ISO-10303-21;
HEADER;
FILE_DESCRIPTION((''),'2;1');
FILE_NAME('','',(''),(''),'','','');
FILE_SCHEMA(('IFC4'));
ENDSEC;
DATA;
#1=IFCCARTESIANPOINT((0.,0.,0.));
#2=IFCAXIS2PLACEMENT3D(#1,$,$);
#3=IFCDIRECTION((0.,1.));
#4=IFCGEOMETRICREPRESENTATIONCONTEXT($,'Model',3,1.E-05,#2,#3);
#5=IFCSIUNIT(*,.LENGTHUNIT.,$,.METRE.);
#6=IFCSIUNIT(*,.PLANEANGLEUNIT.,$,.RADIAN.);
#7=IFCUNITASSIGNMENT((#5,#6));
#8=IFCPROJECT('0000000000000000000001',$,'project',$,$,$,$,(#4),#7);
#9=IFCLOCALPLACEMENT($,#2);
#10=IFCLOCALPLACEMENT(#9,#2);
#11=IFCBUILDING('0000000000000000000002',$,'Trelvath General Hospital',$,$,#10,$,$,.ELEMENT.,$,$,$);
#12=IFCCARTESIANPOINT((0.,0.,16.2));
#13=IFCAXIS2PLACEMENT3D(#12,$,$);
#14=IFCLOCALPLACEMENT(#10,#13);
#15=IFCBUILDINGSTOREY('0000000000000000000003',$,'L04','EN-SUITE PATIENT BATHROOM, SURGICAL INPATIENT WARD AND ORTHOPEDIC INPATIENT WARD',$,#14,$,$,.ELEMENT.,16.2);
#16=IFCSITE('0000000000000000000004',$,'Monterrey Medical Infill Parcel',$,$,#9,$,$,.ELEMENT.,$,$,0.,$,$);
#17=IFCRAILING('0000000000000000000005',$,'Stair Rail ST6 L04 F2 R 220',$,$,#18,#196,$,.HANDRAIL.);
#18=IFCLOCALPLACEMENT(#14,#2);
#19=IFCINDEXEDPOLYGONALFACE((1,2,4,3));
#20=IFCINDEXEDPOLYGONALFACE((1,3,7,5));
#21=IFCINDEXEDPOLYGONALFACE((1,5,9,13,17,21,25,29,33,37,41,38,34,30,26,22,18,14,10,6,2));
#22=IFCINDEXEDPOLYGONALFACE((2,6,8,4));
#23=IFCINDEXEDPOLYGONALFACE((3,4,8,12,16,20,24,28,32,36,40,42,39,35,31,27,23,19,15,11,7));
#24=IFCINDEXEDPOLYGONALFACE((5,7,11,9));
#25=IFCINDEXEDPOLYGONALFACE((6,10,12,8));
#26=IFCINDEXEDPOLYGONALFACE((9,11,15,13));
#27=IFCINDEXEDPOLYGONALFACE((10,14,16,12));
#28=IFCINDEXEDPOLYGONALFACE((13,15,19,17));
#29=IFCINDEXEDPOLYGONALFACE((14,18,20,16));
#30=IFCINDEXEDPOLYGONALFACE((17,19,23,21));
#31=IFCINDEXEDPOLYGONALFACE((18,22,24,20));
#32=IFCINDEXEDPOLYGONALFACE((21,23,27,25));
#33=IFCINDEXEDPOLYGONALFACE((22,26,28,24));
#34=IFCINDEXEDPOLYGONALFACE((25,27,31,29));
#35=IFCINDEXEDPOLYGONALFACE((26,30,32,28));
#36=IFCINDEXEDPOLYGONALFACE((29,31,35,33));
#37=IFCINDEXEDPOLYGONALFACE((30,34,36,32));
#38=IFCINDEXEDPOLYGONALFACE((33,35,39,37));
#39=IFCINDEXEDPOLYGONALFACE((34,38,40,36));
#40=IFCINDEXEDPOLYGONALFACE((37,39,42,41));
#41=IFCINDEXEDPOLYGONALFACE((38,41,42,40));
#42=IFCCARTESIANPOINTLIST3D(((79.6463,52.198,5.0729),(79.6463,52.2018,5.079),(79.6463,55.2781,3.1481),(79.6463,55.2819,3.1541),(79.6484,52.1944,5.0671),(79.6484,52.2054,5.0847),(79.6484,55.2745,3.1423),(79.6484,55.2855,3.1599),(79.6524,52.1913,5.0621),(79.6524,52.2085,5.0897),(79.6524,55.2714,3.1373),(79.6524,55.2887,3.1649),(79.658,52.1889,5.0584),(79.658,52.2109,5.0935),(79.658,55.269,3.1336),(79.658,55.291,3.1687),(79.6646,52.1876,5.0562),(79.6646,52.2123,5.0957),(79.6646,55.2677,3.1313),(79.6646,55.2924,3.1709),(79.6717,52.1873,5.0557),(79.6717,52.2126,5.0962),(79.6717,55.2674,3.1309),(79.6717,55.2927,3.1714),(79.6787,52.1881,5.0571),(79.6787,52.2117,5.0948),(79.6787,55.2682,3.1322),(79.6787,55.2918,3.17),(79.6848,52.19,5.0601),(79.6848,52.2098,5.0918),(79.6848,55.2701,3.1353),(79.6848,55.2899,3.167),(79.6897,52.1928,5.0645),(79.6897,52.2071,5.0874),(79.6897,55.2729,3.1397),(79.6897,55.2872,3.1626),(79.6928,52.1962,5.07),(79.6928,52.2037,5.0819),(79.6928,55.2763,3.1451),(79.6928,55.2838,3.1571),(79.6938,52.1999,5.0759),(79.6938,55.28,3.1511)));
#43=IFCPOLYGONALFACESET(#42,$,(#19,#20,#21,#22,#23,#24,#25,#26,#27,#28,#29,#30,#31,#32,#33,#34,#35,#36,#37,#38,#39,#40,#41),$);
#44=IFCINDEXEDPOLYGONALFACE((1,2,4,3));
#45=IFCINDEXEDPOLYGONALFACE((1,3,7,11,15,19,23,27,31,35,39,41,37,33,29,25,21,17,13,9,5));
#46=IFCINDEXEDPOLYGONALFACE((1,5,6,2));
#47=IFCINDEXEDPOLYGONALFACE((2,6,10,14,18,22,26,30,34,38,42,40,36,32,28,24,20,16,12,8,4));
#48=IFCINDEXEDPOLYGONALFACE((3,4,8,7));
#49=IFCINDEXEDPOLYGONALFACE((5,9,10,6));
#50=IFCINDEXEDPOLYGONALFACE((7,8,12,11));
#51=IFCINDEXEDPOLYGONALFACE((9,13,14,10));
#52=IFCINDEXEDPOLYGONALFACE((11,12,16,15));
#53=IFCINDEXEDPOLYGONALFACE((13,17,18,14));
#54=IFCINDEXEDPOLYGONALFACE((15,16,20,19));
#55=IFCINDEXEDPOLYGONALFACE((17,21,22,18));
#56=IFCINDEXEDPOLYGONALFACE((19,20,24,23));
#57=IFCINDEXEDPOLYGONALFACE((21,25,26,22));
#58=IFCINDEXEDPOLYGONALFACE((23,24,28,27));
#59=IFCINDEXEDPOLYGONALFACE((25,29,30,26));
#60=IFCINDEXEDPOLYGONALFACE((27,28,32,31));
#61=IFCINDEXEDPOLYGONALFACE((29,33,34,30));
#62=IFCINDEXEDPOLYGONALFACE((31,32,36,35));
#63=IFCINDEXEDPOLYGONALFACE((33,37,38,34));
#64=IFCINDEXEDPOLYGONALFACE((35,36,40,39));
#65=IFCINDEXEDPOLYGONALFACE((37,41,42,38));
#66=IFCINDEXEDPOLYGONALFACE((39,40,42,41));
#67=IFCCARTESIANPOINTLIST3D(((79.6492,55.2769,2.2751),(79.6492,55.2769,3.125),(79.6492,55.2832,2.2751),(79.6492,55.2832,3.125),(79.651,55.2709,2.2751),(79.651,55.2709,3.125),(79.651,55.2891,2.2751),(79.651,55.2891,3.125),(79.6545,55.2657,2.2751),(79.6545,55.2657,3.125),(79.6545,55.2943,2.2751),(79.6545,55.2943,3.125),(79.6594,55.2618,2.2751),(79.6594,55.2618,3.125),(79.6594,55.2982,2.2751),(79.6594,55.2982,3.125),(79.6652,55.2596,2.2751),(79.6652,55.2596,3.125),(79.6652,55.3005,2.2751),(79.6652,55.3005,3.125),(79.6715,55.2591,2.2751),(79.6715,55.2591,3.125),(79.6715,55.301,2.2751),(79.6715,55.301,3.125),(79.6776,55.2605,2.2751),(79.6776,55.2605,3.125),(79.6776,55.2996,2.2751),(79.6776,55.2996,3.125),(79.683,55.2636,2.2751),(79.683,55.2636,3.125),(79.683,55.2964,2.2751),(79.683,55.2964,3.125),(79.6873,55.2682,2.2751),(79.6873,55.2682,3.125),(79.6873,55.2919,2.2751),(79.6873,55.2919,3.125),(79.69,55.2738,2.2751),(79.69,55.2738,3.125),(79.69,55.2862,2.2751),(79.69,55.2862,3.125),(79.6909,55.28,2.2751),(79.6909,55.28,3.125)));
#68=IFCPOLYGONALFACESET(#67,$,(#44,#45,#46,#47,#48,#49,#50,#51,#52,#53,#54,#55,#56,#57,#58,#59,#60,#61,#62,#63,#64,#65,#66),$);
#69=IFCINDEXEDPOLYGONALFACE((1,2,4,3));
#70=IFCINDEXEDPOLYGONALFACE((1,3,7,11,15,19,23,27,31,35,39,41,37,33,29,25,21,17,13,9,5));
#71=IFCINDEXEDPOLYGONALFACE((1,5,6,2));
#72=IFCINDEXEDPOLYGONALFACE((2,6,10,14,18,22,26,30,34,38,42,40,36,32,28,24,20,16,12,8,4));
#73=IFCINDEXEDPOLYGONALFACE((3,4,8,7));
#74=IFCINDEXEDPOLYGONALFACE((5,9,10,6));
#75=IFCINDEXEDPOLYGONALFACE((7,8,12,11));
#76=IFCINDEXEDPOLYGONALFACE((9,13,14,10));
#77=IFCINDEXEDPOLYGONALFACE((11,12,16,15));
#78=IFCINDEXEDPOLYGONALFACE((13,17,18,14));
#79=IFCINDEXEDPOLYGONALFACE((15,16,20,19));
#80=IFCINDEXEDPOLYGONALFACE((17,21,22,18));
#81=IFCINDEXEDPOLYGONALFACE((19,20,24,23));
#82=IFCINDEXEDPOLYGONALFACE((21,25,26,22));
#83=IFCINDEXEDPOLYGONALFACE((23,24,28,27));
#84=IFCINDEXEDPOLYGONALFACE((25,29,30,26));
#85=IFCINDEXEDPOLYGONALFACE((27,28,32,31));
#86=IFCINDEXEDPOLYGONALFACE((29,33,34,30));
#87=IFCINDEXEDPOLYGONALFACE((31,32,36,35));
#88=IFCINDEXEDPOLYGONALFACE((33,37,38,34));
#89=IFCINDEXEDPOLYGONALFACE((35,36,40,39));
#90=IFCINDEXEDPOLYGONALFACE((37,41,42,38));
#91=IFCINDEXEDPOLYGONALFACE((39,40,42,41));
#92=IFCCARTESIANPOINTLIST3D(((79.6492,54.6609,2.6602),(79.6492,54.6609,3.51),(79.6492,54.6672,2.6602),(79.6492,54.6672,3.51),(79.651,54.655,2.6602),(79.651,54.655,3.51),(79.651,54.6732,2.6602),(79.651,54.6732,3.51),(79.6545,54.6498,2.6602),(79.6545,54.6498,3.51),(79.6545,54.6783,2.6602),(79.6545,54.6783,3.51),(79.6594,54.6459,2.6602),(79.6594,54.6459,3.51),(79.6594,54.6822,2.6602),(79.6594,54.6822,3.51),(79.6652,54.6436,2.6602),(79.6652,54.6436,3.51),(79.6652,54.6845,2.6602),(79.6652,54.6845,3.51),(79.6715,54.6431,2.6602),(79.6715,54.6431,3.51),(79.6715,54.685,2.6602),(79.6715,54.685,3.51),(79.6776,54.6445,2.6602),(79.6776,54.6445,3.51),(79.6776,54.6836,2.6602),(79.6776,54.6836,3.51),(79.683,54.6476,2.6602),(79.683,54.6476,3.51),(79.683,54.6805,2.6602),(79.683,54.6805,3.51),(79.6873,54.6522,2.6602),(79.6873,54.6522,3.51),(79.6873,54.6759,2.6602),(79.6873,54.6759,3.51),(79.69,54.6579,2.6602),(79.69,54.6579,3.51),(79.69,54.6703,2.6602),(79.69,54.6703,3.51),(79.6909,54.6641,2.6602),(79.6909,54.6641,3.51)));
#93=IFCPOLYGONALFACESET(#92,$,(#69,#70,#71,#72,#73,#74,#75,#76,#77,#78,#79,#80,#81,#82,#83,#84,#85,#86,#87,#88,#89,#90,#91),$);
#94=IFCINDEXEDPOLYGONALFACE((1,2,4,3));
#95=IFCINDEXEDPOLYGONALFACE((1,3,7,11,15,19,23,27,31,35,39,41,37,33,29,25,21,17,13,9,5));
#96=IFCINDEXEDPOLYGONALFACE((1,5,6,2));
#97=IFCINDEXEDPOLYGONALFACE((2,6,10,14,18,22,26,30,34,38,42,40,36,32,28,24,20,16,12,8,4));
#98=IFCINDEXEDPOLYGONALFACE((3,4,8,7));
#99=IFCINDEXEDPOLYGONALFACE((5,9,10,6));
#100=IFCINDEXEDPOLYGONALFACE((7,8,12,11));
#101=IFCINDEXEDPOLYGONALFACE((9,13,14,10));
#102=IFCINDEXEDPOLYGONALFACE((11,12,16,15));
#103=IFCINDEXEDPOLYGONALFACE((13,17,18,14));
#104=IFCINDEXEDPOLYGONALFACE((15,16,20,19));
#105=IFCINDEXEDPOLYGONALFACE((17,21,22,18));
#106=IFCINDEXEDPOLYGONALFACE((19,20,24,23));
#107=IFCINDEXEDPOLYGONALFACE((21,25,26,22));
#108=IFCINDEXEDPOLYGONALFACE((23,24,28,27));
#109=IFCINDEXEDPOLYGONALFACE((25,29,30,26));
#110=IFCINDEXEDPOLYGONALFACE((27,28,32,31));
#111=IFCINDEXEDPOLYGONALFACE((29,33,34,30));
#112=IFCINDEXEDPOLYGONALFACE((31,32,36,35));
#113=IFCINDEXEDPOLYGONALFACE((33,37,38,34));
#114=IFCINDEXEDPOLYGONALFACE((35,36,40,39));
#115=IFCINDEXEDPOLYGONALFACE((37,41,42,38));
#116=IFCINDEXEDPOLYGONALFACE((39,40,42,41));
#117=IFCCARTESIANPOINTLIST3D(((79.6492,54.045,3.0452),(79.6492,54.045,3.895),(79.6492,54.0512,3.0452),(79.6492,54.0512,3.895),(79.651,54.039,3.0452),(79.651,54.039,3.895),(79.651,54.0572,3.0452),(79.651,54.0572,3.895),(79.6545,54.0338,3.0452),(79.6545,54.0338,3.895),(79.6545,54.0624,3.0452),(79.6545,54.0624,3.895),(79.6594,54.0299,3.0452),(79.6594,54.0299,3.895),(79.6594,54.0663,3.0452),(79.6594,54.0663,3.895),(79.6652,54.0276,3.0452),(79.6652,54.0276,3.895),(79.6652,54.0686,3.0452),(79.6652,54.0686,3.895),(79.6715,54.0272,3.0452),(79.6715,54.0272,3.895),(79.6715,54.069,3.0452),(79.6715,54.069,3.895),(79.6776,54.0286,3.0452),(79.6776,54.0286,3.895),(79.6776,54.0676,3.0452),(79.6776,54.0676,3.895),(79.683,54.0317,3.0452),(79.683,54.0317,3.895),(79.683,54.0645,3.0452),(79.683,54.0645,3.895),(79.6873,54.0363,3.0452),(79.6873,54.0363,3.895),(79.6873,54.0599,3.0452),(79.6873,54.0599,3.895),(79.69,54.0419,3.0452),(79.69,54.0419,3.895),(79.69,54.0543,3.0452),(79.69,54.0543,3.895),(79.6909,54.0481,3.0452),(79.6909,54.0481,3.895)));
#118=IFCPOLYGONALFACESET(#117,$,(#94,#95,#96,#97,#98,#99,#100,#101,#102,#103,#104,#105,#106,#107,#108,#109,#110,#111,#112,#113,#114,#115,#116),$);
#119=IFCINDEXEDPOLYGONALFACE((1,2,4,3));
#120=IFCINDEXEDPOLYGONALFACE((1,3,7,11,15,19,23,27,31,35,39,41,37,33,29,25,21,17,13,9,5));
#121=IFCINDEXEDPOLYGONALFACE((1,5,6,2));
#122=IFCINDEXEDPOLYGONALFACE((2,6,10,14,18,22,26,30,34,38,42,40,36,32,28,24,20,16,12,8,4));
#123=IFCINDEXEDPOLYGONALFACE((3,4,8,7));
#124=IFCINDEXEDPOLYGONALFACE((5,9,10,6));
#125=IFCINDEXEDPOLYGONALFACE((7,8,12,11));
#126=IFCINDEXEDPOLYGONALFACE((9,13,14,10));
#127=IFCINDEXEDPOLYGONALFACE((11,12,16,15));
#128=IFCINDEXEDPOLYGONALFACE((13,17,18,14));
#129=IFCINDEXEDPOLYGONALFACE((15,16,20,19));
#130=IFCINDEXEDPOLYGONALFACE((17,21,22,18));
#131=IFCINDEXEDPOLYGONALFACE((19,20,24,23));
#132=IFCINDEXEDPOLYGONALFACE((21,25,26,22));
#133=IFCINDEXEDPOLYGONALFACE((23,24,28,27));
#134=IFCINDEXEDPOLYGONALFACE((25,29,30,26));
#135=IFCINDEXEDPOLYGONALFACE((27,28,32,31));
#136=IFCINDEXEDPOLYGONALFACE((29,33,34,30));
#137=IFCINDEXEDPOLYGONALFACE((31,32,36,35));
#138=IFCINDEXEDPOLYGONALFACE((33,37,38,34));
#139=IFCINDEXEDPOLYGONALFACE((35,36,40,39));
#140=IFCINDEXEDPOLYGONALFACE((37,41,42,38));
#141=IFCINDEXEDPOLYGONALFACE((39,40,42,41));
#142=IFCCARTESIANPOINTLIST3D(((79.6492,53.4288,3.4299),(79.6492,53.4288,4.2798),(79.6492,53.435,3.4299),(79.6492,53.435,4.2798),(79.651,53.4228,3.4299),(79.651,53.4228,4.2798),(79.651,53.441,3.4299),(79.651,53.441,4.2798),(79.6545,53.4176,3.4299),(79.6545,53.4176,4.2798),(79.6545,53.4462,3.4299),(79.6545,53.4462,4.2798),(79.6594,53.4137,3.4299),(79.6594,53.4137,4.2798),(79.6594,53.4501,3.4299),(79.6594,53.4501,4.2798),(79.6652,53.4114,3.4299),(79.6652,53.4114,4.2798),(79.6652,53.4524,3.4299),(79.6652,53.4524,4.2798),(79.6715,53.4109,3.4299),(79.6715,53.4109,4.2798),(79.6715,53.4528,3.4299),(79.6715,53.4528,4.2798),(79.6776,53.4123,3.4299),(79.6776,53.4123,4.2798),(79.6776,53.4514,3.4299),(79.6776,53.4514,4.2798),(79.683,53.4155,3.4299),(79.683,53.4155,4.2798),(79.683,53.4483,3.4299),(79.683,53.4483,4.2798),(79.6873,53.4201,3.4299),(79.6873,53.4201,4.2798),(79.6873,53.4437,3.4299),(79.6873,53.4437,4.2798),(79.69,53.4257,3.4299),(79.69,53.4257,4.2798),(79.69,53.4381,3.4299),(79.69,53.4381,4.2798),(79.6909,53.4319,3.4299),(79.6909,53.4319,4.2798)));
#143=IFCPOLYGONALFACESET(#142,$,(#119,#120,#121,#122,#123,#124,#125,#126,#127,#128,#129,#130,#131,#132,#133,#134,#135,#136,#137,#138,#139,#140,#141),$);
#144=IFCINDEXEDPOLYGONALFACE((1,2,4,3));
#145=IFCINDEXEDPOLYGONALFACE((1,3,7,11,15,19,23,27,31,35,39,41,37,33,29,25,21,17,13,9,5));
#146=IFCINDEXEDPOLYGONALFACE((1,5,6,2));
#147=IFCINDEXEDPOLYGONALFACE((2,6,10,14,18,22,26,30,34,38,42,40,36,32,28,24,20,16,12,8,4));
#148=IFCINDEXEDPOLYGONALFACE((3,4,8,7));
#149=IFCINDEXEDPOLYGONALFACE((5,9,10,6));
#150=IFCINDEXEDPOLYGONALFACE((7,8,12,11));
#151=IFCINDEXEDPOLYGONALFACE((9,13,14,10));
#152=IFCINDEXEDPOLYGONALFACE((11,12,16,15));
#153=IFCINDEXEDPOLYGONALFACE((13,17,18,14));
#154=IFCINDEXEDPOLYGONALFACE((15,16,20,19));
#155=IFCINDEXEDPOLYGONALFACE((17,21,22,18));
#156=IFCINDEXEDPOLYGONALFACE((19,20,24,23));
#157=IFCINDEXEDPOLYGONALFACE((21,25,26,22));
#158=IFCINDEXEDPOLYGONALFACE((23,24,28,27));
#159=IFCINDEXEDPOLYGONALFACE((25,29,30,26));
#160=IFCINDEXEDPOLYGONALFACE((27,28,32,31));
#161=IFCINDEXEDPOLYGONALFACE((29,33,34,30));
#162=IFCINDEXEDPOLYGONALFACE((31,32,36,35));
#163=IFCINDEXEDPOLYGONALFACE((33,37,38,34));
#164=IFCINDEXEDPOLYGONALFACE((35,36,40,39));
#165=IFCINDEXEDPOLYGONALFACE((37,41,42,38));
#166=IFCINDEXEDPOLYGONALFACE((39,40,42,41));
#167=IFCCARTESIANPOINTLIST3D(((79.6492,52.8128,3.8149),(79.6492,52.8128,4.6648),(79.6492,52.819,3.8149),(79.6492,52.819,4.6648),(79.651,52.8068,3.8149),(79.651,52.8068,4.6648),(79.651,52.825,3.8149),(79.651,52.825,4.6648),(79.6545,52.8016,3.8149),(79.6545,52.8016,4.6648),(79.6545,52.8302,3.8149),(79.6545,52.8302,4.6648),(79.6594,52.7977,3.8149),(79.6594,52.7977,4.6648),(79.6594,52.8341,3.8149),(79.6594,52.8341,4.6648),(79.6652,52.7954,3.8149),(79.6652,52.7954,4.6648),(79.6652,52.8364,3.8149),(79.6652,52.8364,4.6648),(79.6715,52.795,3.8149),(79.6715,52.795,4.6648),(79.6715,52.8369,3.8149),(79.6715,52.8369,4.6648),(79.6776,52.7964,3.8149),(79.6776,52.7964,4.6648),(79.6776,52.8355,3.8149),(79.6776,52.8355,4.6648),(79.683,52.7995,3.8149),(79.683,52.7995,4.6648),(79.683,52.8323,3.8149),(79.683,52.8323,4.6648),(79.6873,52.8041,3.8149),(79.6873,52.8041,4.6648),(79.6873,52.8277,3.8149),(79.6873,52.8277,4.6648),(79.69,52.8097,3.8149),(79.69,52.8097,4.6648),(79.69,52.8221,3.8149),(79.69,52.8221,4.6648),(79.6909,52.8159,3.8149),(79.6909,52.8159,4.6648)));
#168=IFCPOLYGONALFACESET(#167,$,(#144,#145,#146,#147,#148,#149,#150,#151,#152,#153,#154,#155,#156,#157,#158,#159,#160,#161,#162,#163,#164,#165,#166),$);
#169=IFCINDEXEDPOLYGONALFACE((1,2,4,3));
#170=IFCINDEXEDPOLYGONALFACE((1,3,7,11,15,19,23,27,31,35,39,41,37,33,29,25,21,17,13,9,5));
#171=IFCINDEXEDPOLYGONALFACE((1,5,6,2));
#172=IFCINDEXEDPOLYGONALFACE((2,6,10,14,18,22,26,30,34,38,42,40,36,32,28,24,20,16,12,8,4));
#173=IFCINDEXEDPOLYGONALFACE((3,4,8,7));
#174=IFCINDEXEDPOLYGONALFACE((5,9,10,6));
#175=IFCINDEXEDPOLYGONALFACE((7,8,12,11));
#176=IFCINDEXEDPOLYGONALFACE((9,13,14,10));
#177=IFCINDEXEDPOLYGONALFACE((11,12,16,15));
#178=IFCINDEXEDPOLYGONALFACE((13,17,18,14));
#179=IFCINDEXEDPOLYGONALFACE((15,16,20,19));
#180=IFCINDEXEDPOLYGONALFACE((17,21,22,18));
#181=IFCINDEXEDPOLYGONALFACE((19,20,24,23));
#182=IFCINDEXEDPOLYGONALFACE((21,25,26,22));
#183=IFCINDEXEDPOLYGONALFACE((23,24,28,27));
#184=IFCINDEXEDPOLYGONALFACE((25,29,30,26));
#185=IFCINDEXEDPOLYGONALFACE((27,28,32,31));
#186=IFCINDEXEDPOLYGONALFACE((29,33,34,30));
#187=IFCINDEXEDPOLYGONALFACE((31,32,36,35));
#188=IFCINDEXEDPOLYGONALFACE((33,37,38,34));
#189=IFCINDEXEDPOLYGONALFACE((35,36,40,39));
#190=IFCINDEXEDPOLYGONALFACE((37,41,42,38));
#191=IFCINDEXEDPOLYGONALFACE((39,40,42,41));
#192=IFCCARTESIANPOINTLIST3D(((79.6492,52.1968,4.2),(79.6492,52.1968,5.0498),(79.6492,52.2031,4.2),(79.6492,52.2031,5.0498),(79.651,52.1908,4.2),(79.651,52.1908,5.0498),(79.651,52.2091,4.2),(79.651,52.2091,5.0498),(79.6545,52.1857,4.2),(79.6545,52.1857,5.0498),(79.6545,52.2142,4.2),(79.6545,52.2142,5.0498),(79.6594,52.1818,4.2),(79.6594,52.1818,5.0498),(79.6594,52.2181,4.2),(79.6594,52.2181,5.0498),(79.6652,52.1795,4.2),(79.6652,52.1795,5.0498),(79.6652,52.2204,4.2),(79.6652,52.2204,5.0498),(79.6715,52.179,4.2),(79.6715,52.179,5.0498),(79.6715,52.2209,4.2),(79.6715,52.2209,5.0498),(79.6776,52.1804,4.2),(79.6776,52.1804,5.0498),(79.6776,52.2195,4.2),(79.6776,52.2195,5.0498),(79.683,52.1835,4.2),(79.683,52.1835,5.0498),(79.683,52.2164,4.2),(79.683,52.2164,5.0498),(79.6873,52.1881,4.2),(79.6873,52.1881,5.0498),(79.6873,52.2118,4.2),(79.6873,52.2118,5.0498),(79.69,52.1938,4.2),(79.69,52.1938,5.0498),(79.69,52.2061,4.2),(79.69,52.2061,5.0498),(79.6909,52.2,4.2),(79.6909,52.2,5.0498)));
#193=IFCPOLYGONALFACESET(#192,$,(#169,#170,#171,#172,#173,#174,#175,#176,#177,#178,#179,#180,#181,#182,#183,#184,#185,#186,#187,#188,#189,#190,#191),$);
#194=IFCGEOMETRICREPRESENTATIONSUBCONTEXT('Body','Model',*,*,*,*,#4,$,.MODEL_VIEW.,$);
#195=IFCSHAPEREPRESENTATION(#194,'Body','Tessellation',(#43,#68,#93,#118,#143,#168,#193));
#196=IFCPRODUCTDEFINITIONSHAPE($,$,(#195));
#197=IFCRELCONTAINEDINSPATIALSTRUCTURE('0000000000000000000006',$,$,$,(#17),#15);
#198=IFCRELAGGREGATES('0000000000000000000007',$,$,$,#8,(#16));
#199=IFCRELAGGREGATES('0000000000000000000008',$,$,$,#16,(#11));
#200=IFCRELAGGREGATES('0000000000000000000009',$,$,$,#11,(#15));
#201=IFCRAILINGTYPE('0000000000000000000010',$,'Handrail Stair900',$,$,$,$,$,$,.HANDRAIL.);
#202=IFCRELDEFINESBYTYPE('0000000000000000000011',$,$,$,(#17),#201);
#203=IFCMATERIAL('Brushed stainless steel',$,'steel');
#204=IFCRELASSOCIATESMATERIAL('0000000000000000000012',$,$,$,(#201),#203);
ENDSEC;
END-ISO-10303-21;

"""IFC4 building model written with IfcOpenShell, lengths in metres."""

from ifc_helpers import new_model, si_unit, direction, frame, origin, origin_2d, place, context, subcontext, project, spatial, circle, extrude, material, type_object, element, save


model = new_model("IFC4")

# Units and contexts
model_context = context("Model", 3, precision=1e-05, world=origin(), true_north=direction((0.0, 1.0)))
body_context = subcontext(model_context, "Body", "Model", "MODEL_VIEW")
ifc_project = project(units=[si_unit("LENGTHUNIT", "METRE"), si_unit("PLANEANGLEUNIT", "RADIAN")], contexts=[model_context])

# Site, building, storey
site_placement = place(None, origin())
site = spatial("IfcSite", under=ifc_project, at=site_placement, Name="Monterrey Medical Infill Parcel", CompositionType="ELEMENT", RefElevation=0.0)
building_placement = place(site_placement, origin())
building = spatial("IfcBuilding", under=site, at=building_placement, Name="Trelvath General Hospital", CompositionType="ELEMENT")
storey_placement = place(building_placement, frame((0.0, 0.0, 16.2)))
storey = spatial("IfcBuildingStorey", under=building, at=storey_placement, Name="L04", Description="EN-SUITE PATIENT BATHROOM, SURGICAL INPATIENT WARD AND ORTHOPEDIC INPATIENT WARD", CompositionType="ELEMENT", Elevation=16.2)

# Railing
ifc_material_1 = material(Name="Brushed stainless steel", Category="steel")
railing_type_1 = type_object("IfcRailingType", Name="Handrail Stair900", PredefinedType="HANDRAIL", material=ifc_material_1)
railing_1_placement = place(storey_placement, frame((79.6699, 55.28, 2.2751)))
element("IfcRailing", 1, at=railing_1_placement, inside=storey, type_object=railing_type_1, Name="Stair Rail ST6 L04 F2 R 220", PredefinedType="HANDRAIL", context=body_context, shape_type="SweptSolid", body=[
    extrude(circle(Radius=0.0239, at=origin_2d()), frame((0.0, 0.0, 0.876), z_axis=(0.0, -0.848029, 0.529951), x_axis=(1.0, 0.0, 0.0)), (0.0, 0.0, 1.0), 3.6321),
    extrude(circle(Radius=0.021, at=origin_2d()), origin(), (0.0, 0.0, 1.0), 0.8499),
    extrude(circle(Radius=0.021, at=origin_2d()), frame((0.0, -0.616, 0.385)), (0.0, 0.0, 1.0), 0.8499),
    extrude(circle(Radius=0.021, at=origin_2d()), frame((0.0, -1.2319, 0.77)), (0.0, 0.0, 1.0), 0.8499),
    extrude(circle(Radius=0.021, at=origin_2d()), frame((0.0, -1.8481, 1.1548)), (0.0, 0.0, 1.0), 0.8499),
    extrude(circle(Radius=0.021, at=origin_2d()), frame((0.0, -2.4641, 1.5398)), (0.0, 0.0, 1.0), 0.8499),
    extrude(circle(Radius=0.021, at=origin_2d()), frame((0.0, -3.0801, 1.9248)), (0.0, 0.0, 1.0), 0.8499),
])

save(model, "model.ifc")
